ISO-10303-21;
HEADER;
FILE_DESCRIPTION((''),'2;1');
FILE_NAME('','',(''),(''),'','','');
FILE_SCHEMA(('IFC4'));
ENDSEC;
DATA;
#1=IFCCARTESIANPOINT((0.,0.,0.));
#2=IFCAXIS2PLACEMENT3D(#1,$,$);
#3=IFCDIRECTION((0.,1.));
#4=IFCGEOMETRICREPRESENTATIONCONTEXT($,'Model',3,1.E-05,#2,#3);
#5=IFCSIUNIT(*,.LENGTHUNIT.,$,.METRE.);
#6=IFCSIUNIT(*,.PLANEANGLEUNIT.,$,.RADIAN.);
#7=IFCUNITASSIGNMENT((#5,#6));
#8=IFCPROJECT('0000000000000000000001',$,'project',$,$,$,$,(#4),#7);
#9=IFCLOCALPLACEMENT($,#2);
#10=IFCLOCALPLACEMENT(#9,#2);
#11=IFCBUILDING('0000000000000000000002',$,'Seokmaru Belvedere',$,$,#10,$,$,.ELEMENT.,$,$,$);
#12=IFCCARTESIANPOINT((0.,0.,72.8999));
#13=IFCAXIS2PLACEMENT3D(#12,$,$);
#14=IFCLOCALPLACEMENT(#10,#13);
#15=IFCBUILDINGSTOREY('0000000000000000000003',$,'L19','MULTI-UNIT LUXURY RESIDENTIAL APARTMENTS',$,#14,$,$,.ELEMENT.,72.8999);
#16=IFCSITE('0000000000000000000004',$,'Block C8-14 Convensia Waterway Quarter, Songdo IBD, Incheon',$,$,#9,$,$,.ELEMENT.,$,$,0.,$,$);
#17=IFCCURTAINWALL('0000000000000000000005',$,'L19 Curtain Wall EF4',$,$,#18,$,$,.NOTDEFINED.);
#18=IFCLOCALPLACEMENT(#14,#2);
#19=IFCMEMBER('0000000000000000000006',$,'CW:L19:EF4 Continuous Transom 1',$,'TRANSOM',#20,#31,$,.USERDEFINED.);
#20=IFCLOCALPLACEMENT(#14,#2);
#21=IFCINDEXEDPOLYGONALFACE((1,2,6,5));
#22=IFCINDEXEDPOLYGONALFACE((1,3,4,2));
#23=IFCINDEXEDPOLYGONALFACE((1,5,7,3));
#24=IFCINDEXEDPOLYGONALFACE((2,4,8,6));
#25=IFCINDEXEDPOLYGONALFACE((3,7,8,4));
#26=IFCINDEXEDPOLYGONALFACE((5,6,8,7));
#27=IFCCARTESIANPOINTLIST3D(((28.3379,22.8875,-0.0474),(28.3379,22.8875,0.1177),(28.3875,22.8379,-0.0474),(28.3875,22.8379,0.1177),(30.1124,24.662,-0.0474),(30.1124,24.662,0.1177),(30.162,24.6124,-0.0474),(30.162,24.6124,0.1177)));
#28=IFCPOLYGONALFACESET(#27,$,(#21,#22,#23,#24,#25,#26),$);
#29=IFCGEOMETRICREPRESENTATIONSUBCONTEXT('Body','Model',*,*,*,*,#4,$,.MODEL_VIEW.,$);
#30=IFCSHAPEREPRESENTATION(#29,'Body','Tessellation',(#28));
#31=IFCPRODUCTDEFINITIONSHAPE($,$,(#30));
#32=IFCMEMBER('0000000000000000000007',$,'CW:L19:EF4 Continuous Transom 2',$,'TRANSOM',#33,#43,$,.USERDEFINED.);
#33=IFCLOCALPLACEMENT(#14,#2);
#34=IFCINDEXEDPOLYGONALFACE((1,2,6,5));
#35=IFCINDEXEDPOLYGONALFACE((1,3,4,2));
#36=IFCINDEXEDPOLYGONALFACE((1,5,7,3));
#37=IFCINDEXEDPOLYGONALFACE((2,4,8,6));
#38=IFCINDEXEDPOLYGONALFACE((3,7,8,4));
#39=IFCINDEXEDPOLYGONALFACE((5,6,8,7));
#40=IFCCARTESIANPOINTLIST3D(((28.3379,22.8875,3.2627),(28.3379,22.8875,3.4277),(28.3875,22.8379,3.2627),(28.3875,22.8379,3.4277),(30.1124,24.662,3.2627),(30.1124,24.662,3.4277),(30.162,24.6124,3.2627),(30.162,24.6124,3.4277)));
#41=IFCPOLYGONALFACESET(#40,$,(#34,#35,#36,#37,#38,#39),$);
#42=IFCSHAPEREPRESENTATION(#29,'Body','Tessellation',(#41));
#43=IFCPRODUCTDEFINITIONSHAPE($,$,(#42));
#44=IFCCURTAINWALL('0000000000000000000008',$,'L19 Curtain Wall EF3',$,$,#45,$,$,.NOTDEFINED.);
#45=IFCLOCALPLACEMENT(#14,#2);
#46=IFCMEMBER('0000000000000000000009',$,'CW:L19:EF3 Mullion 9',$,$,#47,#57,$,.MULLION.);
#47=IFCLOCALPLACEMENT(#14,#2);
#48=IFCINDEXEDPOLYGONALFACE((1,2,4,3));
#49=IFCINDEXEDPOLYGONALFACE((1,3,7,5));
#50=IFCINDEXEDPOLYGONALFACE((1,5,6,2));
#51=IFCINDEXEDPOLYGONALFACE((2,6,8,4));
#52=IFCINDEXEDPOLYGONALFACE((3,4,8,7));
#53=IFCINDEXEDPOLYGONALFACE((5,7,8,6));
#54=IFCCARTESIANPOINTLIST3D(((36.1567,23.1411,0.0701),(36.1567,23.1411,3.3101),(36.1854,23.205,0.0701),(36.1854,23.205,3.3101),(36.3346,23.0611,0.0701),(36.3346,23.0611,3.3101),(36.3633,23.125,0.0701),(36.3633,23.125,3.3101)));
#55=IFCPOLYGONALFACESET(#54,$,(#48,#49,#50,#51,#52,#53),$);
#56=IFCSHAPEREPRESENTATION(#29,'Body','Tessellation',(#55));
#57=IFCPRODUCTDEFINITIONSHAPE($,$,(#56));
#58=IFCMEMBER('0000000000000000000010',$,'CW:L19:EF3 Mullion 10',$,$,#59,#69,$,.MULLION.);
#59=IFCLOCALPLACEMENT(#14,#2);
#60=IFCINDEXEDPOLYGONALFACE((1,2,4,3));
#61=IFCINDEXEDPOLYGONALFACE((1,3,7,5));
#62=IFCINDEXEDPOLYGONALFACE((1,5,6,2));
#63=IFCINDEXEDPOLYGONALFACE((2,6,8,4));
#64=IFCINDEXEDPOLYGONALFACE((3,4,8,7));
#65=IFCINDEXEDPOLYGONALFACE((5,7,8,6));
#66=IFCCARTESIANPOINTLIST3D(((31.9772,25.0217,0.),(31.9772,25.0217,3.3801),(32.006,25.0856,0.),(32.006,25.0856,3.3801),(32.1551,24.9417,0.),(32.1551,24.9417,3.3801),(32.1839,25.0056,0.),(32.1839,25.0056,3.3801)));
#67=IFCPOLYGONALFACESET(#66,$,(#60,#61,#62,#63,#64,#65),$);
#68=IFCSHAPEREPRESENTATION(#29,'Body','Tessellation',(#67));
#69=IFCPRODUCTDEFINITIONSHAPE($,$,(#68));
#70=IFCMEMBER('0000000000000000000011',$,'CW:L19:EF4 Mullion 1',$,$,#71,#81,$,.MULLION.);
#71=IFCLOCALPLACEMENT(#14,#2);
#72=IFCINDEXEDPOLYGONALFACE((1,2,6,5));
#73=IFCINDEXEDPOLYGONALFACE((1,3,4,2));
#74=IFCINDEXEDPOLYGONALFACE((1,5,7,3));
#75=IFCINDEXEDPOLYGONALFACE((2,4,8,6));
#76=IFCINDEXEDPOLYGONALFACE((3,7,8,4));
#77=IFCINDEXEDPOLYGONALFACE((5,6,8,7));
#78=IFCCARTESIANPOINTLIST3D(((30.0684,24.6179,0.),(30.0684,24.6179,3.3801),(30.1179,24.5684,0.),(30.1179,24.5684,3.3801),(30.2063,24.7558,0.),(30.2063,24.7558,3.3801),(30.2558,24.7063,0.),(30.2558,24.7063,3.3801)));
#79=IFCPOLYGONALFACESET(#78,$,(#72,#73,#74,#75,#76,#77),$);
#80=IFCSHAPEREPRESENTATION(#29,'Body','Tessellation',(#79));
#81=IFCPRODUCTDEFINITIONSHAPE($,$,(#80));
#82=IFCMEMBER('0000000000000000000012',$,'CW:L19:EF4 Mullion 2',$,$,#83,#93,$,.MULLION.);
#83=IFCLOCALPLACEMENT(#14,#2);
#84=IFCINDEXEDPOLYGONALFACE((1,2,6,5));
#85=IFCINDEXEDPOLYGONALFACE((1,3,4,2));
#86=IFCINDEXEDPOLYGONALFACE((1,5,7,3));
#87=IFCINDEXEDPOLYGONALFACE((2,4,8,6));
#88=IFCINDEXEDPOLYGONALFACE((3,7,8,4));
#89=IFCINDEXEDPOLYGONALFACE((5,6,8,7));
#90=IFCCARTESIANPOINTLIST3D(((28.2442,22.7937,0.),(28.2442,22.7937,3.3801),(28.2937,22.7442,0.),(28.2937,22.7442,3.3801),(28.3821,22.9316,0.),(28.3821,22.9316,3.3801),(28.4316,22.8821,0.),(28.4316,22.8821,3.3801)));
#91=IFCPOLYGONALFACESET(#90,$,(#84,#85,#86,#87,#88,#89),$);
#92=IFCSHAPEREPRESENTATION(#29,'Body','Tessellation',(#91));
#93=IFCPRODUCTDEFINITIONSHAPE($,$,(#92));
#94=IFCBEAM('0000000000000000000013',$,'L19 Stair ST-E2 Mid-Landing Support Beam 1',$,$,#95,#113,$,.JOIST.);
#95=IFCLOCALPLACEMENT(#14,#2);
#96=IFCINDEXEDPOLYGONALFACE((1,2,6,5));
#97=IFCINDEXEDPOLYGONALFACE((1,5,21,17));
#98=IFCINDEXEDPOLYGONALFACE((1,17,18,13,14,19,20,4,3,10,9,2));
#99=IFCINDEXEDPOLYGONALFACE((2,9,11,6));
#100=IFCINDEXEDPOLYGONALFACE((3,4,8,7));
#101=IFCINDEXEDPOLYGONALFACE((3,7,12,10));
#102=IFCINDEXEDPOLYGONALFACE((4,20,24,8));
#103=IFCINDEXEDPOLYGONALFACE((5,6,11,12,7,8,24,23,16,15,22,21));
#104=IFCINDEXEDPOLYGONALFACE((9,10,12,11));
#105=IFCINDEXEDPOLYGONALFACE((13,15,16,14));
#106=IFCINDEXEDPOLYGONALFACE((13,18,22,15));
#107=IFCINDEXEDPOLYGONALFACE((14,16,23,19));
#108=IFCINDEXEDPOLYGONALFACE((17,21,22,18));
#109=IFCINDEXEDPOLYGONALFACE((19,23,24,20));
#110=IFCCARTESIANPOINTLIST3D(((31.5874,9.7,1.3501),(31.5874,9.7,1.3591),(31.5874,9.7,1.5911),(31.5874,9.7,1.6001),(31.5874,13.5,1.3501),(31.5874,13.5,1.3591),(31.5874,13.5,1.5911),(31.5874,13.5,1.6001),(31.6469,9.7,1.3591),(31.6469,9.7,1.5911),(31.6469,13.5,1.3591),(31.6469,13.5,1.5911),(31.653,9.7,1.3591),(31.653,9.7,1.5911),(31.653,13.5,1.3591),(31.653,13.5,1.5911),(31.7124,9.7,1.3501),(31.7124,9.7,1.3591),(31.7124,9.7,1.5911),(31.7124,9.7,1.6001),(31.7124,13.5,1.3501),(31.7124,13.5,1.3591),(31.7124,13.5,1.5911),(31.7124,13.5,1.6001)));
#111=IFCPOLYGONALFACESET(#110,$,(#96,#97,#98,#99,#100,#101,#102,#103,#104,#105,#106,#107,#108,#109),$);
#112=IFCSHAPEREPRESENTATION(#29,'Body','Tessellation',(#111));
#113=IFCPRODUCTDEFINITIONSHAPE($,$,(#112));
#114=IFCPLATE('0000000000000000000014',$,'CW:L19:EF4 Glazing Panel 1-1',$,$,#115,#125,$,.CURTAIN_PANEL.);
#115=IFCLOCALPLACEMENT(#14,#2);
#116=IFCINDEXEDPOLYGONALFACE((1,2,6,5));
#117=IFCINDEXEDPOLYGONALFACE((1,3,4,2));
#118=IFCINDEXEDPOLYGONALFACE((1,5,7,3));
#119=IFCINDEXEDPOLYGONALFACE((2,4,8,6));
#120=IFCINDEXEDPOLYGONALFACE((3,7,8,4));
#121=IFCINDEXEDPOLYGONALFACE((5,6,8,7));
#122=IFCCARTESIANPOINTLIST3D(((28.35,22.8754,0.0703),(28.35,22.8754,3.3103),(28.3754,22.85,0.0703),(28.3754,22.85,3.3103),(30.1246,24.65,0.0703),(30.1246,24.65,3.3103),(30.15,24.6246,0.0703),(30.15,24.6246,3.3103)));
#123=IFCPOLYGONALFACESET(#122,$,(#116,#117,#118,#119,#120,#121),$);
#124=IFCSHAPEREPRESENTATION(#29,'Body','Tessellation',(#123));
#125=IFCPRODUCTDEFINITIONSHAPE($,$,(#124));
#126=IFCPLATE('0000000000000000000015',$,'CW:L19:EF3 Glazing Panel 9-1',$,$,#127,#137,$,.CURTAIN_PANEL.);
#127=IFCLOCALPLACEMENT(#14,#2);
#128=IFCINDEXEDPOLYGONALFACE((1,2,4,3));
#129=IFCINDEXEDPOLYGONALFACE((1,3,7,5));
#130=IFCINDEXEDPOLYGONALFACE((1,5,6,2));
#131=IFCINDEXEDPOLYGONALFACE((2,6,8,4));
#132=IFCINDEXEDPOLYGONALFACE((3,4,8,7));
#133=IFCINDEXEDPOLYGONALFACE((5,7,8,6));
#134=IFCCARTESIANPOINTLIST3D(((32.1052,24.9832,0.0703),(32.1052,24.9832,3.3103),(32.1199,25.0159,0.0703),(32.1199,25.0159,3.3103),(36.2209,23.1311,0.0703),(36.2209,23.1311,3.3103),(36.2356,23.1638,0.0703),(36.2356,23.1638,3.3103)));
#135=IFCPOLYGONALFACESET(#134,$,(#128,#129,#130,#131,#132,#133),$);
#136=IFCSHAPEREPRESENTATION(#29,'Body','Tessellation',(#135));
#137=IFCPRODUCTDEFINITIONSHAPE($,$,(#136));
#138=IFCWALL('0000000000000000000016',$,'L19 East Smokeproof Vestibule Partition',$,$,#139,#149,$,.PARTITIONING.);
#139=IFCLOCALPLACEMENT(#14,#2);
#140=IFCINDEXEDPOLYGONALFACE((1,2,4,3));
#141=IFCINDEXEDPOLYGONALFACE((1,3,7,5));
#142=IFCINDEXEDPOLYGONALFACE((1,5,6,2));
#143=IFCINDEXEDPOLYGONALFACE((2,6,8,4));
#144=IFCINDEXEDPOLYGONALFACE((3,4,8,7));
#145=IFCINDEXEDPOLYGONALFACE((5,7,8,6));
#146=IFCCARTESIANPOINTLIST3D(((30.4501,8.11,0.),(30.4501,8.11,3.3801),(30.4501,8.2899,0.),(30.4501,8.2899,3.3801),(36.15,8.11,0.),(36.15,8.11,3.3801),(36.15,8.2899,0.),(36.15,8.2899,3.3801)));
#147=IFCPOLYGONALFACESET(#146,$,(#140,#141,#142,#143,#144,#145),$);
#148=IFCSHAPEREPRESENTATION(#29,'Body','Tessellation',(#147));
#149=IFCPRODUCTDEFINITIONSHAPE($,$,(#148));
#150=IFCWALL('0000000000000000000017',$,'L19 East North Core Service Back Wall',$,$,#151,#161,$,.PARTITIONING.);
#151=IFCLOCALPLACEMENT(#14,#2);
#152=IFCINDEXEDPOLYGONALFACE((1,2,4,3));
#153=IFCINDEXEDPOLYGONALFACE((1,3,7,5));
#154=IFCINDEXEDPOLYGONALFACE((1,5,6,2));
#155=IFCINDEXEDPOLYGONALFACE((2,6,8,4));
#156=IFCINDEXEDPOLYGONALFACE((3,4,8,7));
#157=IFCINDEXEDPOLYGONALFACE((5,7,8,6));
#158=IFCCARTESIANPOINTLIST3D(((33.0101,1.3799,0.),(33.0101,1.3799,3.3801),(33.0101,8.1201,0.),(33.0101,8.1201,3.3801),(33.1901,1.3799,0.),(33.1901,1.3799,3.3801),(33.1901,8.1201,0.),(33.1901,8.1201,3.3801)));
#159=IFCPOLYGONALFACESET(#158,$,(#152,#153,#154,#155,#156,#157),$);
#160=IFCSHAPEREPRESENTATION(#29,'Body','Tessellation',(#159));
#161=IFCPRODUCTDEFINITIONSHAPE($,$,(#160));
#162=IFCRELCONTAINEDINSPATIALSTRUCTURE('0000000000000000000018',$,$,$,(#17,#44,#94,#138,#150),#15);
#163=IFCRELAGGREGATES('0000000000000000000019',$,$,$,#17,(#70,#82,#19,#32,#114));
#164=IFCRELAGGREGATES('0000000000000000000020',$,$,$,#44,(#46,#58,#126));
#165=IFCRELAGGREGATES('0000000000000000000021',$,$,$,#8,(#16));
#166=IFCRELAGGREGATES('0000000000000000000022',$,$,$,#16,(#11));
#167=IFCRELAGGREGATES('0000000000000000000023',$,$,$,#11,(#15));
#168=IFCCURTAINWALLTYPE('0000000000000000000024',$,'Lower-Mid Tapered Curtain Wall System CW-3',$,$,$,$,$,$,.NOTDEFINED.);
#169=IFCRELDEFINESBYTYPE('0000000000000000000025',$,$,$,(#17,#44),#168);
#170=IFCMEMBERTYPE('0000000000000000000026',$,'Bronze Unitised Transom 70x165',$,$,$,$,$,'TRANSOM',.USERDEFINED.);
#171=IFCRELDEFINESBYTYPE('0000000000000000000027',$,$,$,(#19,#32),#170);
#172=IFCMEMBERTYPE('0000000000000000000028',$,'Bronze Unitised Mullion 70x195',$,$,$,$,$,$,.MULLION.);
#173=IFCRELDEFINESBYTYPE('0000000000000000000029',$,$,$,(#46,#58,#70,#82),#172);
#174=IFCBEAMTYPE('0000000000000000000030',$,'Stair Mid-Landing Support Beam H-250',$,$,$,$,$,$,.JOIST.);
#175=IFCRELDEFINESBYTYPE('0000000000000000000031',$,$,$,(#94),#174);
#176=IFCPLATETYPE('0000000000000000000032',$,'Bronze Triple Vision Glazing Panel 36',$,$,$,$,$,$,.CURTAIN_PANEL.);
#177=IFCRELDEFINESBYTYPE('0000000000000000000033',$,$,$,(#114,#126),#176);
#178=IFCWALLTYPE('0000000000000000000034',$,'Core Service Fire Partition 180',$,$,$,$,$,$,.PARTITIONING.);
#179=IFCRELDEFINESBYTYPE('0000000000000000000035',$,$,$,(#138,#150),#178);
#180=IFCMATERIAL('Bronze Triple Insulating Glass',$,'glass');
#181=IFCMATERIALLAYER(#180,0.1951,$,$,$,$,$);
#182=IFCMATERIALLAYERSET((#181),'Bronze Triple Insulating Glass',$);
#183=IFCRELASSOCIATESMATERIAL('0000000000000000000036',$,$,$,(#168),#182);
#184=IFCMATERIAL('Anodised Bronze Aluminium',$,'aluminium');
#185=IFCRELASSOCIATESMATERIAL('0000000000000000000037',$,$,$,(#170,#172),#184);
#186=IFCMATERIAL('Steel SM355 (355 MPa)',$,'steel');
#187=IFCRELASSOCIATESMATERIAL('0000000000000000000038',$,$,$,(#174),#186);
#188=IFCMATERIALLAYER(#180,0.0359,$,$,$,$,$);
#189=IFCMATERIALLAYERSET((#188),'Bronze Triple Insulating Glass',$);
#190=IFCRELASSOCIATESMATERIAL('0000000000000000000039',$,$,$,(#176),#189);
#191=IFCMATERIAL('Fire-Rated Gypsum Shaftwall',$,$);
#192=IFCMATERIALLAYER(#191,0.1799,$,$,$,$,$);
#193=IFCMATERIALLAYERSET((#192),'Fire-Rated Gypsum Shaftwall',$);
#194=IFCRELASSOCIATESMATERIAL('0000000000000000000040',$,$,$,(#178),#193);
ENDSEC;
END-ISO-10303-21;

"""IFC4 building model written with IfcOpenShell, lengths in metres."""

from ifc_helpers import new_model, si_unit, direction, frame, frame_2d, origin, origin_2d, place, context, subcontext, project, spatial, rectangle, i_section, extrude, source, transform, mapped, material, layer, layer_set, material_profile, profile_set, type_object, type_shapes, element, aggregate, save


model = new_model("IFC4")

# Units and contexts
model_context = context("Model", 3, precision=1e-05, world=origin(), true_north=direction((0.0, 1.0)))
body_context = subcontext(model_context, "Body", "Model", "MODEL_VIEW")
ifc_project = project(units=[si_unit("LENGTHUNIT", "METRE"), si_unit("PLANEANGLEUNIT", "RADIAN")], contexts=[model_context])

# Site, building, storey
site_placement = place(None, origin())
site = spatial("IfcSite", under=ifc_project, at=site_placement, Name="Block C8-14 Convensia Waterway Quarter, Songdo IBD, Incheon", CompositionType="ELEMENT", RefElevation=0.0)
building_placement = place(site_placement, origin())
building = spatial("IfcBuilding", under=site, at=building_placement, Name="Seokmaru Belvedere", CompositionType="ELEMENT")
storey_placement = place(building_placement, frame((0.0, 0.0, 72.8999)))
storey = spatial("IfcBuildingStorey", under=building, at=storey_placement, Name="L19", Description="MULTI-UNIT LUXURY RESIDENTIAL APARTMENTS", CompositionType="ELEMENT", Elevation=72.8999)

# Shared definitions
ifc_material_1 = material(Name="Steel SM355 (355 MPa)", Category="steel")

# Curtain walls, members
ifc_material_2 = material(Name="Bronze Triple Insulating Glass", Category="glass")
ifc_layer_1 = layer(ifc_material_2, 0.1951)
ifc_layer_set_1 = layer_set([ifc_layer_1], Name="Bronze Triple Insulating Glass")
curtain_wall_type = type_object("IfcCurtainWallType", Name="Lower-Mid Tapered Curtain Wall System CW-3", PredefinedType="NOTDEFINED", material=ifc_layer_set_1)
curtain_wall_1_placement = place(storey_placement, origin())
curtain_wall_1 = element("IfcCurtainWall", 1, at=curtain_wall_1_placement, inside=storey, type_object=curtain_wall_type, Name="L19 Curtain Wall EF4", PredefinedType="NOTDEFINED")
ifc_material_3 = material(Name="Anodised Bronze Aluminium", Category="aluminium")
ifc_material_profile_1 = material_profile(ifc_material_3, rectangle(XDim=0.0701, YDim=0.165, at=origin_2d()), Name="CW-T-70x165")
ifc_profile_set_1 = profile_set([ifc_material_profile_1], Name="Anodised Bronze Aluminium")
member_type_1 = type_object("IfcMemberType", Name="Bronze Unitised Transom 70x165", ElementType="TRANSOM", PredefinedType="USERDEFINED", material=ifc_profile_set_1)
shared_shape_1 = source(origin(), body_context, "Body", "SweptSolid", [
    extrude(rectangle(XDim=0.0701, YDim=0.165, at=origin_2d()), origin(), (0.0, 0.0, 1.0), 2.5095),
])
type_shapes(member_type_1, [shared_shape_1])
member_1_placement = place(storey_placement, frame((30.1372, 24.6372, 0.0352), z_axis=(-0.707107, -0.707107, 0.0), x_axis=(0.707107, -0.707107, 0.0)))
member_1 = element("IfcMember", 2, at=member_1_placement, type_object=member_type_1, Name="CW:L19:EF4 Continuous Transom 1", ObjectType="TRANSOM", PredefinedType="USERDEFINED", context=body_context, shape_type="MappedRepresentation", body=[
    mapped(shared_shape_1, transform((0.0, 0.0, 0.0), scale=1.0)),
])
member_2_placement = place(storey_placement, frame((30.1372, 24.6372, 3.3452), z_axis=(-0.707107, -0.707107, 0.0), x_axis=(0.707107, -0.707107, 0.0)))
member_2 = element("IfcMember", 3, at=member_2_placement, type_object=member_type_1, Name="CW:L19:EF4 Continuous Transom 2", ObjectType="TRANSOM", PredefinedType="USERDEFINED", context=body_context, shape_type="MappedRepresentation", body=[
    mapped(shared_shape_1, transform((0.0, 0.0, 0.0), scale=1.0)),
])
curtain_wall_2_placement = place(storey_placement, origin())
curtain_wall_2 = element("IfcCurtainWall", 4, at=curtain_wall_2_placement, inside=storey, type_object=curtain_wall_type, Name="L19 Curtain Wall EF3", PredefinedType="NOTDEFINED")
ifc_material_profile_2 = material_profile(ifc_material_3, rectangle(XDim=0.0701, YDim=0.1951, at=origin_2d()), Name="CW-M-70x195")
ifc_profile_set_2 = profile_set([ifc_material_profile_2], Name="Anodised Bronze Aluminium")
member_type_2 = type_object("IfcMemberType", Name="Bronze Unitised Mullion 70x195", PredefinedType="MULLION", material=ifc_profile_set_2)
shared_shape_2 = source(origin(), body_context, "Body", "SweptSolid", [
    extrude(rectangle(XDim=0.0701, YDim=0.1951, at=origin_2d()), origin(), (0.0, 0.0, 1.0), 3.24),
])
member_3_placement = place(storey_placement, frame((36.26, 23.1331, 0.0701), z_axis=(0.0, 0.0, 1.0), x_axis=(-0.410366, -0.911921, 0.0)))
member_3 = element("IfcMember", 5, at=member_3_placement, type_object=member_type_2, Name="CW:L19:EF3 Mullion 9", PredefinedType="MULLION", context=body_context, shape_type="MappedRepresentation", body=[
    mapped(shared_shape_2, transform((0.0, 0.0, 0.0), scale=1.0)),
])
shared_shape_3 = source(origin(), body_context, "Body", "SweptSolid", [
    extrude(rectangle(XDim=0.0701, YDim=0.1951, at=origin_2d()), origin(), (0.0, 0.0, 1.0), 3.3801),
])
type_shapes(member_type_2, [shared_shape_2, shared_shape_3])
member_4_placement = place(storey_placement, frame((32.0806, 25.0137, 0.0), z_axis=(0.0, 0.0, 1.0), x_axis=(-0.410366, -0.911921, 0.0)))
member_4 = element("IfcMember", 6, at=member_4_placement, type_object=member_type_2, Name="CW:L19:EF3 Mullion 10", PredefinedType="MULLION", context=body_context, shape_type="MappedRepresentation", body=[
    mapped(shared_shape_3, transform((0.0, 0.0, 0.0), scale=1.0)),
])

# Members
member_5_placement = place(storey_placement, frame((30.1621, 24.6621, 0.0), z_axis=(0.0, 0.0, 1.0), x_axis=(0.707107, -0.707107, 0.0)))
member_5 = element("IfcMember", 7, at=member_5_placement, type_object=member_type_2, Name="CW:L19:EF4 Mullion 1", PredefinedType="MULLION", context=body_context, shape_type="MappedRepresentation", body=[
    mapped(shared_shape_3, transform((0.0, 0.0, 0.0), scale=1.0)),
])
member_6_placement = place(storey_placement, frame((28.3379, 22.8379, 0.0), z_axis=(0.0, 0.0, 1.0), x_axis=(0.707107, -0.707107, 0.0)))
member_6 = element("IfcMember", 8, at=member_6_placement, type_object=member_type_2, Name="CW:L19:EF4 Mullion 2", PredefinedType="MULLION", context=body_context, shape_type="MappedRepresentation", body=[
    mapped(shared_shape_3, transform((0.0, 0.0, 0.0), scale=1.0)),
])

# Beam
ifc_material_profile_3 = material_profile(ifc_material_1, i_section(OverallWidth=0.125, OverallDepth=0.25, WebThickness=0.0061, FlangeThickness=0.009, at=origin_2d()), Name="H-250x125x6x9")
ifc_profile_set_3 = profile_set([ifc_material_profile_3], Name="Steel SM355 (355 MPa)")
beam_type_1 = type_object("IfcBeamType", Name="Stair Mid-Landing Support Beam H-250", PredefinedType="JOIST", material=ifc_profile_set_3)
shared_shape_4 = source(origin(), body_context, "Body", "SweptSolid", [
    extrude(i_section(OverallWidth=0.125, OverallDepth=0.25, WebThickness=0.0061, FlangeThickness=0.009, at=origin_2d()), origin(), (0.0, 0.0, 1.0), 3.8),
])
type_shapes(beam_type_1, [shared_shape_4])
beam_1_placement = place(storey_placement, frame((31.6499, 9.7, 1.4751), z_axis=(0.0, 1.0, 0.0), x_axis=(-1.0, 0.0, 0.0)))
element("IfcBeam", 9, at=beam_1_placement, inside=storey, type_object=beam_type_1, Name="L19 Stair ST-E2 Mid-Landing Support Beam 1", PredefinedType="JOIST", context=body_context, shape_type="MappedRepresentation", body=[
    mapped(shared_shape_4, transform((0.0, 0.0, 0.0), scale=1.0)),
])

# Plates
ifc_layer_2 = layer(ifc_material_2, 0.0359)
ifc_layer_set_2 = layer_set([ifc_layer_2], Name="Bronze Triple Insulating Glass")
plate_type = type_object("IfcPlateType", Name="Bronze Triple Vision Glazing Panel 36", PredefinedType="CURTAIN_PANEL", material=ifc_layer_set_2)
shared_shape_5 = source(origin(), body_context, "Body", "SweptSolid", [
    extrude(rectangle(XDim=2.5098, YDim=0.0359, at=origin_2d()), origin(), (0.0, 0.0, 1.0), 3.24),
])
plate_1_placement = place(storey_placement, frame((29.25, 23.75, 0.0703), z_axis=(0.0, 0.0, 1.0), x_axis=(-0.707107, -0.707107, 0.0)))
plate_1 = element("IfcPlate", 10, at=plate_1_placement, type_object=plate_type, Name="CW:L19:EF4 Glazing Panel 1-1", PredefinedType="CURTAIN_PANEL", context=body_context, shape_type="MappedRepresentation", body=[
    mapped(shared_shape_5, transform((0.0, 0.0, 0.0), scale=1.0)),
])
aggregate(curtain_wall_1, [member_5, member_6, member_1, member_2, plate_1])
shared_shape_6 = source(origin(), body_context, "Body", "SweptSolid", [
    extrude(rectangle(XDim=4.5132, YDim=0.0359, at=origin_2d()), origin(), (0.0, 0.0, 1.0), 3.24),
])
type_shapes(plate_type, [shared_shape_5, shared_shape_6])
plate_2_placement = place(storey_placement, frame((34.1704, 24.0735, 0.0703), z_axis=(0.0, 0.0, 1.0), x_axis=(-0.911921, 0.410366, 0.0)))
plate_2 = element("IfcPlate", 11, at=plate_2_placement, type_object=plate_type, Name="CW:L19:EF3 Glazing Panel 9-1", PredefinedType="CURTAIN_PANEL", context=body_context, shape_type="MappedRepresentation", body=[
    mapped(shared_shape_6, transform((0.0, 0.0, 0.0), scale=1.0)),
])
aggregate(curtain_wall_2, [member_3, member_4, plate_2])

# Walls
ifc_material_4 = material(Name="Fire-Rated Gypsum Shaftwall")
ifc_layer_3 = layer(ifc_material_4, 0.1799)
ifc_layer_set_3 = layer_set([ifc_layer_3], Name="Fire-Rated Gypsum Shaftwall")
wall_type_1 = type_object("IfcWallType", Name="Core Service Fire Partition 180", PredefinedType="PARTITIONING", material=ifc_layer_set_3)
wall_1_placement = place(storey_placement, frame((30.45, 8.2, 0.0), z_axis=(0.0, 0.0, 1.0), x_axis=(1.0, 0.0, 0.0)))
element("IfcWall", 12, at=wall_1_placement, inside=storey, type_object=wall_type_1, Name="L19 East Smokeproof Vestibule Partition", PredefinedType="PARTITIONING", context=body_context, shape_type="SweptSolid", body=[
    extrude(rectangle(XDim=5.7, YDim=0.1799, at=frame_2d((2.8501, 0.0))), origin(), (0.0, 0.0, 1.0), 3.3801),
])
wall_2_placement = place(storey_placement, frame((33.1001, 1.3799, 0.0), z_axis=(0.0, 0.0, 1.0), x_axis=(0.0, 1.0, 0.0)))
element("IfcWall", 13, at=wall_2_placement, inside=storey, type_object=wall_type_1, Name="L19 East North Core Service Back Wall", PredefinedType="PARTITIONING", context=body_context, shape_type="SweptSolid", body=[
    extrude(rectangle(XDim=6.7402, YDim=0.1799, at=frame_2d((3.3701, 0.0))), origin(), (0.0, 0.0, 1.0), 3.3801),
])

save(model, "model.ifc")
